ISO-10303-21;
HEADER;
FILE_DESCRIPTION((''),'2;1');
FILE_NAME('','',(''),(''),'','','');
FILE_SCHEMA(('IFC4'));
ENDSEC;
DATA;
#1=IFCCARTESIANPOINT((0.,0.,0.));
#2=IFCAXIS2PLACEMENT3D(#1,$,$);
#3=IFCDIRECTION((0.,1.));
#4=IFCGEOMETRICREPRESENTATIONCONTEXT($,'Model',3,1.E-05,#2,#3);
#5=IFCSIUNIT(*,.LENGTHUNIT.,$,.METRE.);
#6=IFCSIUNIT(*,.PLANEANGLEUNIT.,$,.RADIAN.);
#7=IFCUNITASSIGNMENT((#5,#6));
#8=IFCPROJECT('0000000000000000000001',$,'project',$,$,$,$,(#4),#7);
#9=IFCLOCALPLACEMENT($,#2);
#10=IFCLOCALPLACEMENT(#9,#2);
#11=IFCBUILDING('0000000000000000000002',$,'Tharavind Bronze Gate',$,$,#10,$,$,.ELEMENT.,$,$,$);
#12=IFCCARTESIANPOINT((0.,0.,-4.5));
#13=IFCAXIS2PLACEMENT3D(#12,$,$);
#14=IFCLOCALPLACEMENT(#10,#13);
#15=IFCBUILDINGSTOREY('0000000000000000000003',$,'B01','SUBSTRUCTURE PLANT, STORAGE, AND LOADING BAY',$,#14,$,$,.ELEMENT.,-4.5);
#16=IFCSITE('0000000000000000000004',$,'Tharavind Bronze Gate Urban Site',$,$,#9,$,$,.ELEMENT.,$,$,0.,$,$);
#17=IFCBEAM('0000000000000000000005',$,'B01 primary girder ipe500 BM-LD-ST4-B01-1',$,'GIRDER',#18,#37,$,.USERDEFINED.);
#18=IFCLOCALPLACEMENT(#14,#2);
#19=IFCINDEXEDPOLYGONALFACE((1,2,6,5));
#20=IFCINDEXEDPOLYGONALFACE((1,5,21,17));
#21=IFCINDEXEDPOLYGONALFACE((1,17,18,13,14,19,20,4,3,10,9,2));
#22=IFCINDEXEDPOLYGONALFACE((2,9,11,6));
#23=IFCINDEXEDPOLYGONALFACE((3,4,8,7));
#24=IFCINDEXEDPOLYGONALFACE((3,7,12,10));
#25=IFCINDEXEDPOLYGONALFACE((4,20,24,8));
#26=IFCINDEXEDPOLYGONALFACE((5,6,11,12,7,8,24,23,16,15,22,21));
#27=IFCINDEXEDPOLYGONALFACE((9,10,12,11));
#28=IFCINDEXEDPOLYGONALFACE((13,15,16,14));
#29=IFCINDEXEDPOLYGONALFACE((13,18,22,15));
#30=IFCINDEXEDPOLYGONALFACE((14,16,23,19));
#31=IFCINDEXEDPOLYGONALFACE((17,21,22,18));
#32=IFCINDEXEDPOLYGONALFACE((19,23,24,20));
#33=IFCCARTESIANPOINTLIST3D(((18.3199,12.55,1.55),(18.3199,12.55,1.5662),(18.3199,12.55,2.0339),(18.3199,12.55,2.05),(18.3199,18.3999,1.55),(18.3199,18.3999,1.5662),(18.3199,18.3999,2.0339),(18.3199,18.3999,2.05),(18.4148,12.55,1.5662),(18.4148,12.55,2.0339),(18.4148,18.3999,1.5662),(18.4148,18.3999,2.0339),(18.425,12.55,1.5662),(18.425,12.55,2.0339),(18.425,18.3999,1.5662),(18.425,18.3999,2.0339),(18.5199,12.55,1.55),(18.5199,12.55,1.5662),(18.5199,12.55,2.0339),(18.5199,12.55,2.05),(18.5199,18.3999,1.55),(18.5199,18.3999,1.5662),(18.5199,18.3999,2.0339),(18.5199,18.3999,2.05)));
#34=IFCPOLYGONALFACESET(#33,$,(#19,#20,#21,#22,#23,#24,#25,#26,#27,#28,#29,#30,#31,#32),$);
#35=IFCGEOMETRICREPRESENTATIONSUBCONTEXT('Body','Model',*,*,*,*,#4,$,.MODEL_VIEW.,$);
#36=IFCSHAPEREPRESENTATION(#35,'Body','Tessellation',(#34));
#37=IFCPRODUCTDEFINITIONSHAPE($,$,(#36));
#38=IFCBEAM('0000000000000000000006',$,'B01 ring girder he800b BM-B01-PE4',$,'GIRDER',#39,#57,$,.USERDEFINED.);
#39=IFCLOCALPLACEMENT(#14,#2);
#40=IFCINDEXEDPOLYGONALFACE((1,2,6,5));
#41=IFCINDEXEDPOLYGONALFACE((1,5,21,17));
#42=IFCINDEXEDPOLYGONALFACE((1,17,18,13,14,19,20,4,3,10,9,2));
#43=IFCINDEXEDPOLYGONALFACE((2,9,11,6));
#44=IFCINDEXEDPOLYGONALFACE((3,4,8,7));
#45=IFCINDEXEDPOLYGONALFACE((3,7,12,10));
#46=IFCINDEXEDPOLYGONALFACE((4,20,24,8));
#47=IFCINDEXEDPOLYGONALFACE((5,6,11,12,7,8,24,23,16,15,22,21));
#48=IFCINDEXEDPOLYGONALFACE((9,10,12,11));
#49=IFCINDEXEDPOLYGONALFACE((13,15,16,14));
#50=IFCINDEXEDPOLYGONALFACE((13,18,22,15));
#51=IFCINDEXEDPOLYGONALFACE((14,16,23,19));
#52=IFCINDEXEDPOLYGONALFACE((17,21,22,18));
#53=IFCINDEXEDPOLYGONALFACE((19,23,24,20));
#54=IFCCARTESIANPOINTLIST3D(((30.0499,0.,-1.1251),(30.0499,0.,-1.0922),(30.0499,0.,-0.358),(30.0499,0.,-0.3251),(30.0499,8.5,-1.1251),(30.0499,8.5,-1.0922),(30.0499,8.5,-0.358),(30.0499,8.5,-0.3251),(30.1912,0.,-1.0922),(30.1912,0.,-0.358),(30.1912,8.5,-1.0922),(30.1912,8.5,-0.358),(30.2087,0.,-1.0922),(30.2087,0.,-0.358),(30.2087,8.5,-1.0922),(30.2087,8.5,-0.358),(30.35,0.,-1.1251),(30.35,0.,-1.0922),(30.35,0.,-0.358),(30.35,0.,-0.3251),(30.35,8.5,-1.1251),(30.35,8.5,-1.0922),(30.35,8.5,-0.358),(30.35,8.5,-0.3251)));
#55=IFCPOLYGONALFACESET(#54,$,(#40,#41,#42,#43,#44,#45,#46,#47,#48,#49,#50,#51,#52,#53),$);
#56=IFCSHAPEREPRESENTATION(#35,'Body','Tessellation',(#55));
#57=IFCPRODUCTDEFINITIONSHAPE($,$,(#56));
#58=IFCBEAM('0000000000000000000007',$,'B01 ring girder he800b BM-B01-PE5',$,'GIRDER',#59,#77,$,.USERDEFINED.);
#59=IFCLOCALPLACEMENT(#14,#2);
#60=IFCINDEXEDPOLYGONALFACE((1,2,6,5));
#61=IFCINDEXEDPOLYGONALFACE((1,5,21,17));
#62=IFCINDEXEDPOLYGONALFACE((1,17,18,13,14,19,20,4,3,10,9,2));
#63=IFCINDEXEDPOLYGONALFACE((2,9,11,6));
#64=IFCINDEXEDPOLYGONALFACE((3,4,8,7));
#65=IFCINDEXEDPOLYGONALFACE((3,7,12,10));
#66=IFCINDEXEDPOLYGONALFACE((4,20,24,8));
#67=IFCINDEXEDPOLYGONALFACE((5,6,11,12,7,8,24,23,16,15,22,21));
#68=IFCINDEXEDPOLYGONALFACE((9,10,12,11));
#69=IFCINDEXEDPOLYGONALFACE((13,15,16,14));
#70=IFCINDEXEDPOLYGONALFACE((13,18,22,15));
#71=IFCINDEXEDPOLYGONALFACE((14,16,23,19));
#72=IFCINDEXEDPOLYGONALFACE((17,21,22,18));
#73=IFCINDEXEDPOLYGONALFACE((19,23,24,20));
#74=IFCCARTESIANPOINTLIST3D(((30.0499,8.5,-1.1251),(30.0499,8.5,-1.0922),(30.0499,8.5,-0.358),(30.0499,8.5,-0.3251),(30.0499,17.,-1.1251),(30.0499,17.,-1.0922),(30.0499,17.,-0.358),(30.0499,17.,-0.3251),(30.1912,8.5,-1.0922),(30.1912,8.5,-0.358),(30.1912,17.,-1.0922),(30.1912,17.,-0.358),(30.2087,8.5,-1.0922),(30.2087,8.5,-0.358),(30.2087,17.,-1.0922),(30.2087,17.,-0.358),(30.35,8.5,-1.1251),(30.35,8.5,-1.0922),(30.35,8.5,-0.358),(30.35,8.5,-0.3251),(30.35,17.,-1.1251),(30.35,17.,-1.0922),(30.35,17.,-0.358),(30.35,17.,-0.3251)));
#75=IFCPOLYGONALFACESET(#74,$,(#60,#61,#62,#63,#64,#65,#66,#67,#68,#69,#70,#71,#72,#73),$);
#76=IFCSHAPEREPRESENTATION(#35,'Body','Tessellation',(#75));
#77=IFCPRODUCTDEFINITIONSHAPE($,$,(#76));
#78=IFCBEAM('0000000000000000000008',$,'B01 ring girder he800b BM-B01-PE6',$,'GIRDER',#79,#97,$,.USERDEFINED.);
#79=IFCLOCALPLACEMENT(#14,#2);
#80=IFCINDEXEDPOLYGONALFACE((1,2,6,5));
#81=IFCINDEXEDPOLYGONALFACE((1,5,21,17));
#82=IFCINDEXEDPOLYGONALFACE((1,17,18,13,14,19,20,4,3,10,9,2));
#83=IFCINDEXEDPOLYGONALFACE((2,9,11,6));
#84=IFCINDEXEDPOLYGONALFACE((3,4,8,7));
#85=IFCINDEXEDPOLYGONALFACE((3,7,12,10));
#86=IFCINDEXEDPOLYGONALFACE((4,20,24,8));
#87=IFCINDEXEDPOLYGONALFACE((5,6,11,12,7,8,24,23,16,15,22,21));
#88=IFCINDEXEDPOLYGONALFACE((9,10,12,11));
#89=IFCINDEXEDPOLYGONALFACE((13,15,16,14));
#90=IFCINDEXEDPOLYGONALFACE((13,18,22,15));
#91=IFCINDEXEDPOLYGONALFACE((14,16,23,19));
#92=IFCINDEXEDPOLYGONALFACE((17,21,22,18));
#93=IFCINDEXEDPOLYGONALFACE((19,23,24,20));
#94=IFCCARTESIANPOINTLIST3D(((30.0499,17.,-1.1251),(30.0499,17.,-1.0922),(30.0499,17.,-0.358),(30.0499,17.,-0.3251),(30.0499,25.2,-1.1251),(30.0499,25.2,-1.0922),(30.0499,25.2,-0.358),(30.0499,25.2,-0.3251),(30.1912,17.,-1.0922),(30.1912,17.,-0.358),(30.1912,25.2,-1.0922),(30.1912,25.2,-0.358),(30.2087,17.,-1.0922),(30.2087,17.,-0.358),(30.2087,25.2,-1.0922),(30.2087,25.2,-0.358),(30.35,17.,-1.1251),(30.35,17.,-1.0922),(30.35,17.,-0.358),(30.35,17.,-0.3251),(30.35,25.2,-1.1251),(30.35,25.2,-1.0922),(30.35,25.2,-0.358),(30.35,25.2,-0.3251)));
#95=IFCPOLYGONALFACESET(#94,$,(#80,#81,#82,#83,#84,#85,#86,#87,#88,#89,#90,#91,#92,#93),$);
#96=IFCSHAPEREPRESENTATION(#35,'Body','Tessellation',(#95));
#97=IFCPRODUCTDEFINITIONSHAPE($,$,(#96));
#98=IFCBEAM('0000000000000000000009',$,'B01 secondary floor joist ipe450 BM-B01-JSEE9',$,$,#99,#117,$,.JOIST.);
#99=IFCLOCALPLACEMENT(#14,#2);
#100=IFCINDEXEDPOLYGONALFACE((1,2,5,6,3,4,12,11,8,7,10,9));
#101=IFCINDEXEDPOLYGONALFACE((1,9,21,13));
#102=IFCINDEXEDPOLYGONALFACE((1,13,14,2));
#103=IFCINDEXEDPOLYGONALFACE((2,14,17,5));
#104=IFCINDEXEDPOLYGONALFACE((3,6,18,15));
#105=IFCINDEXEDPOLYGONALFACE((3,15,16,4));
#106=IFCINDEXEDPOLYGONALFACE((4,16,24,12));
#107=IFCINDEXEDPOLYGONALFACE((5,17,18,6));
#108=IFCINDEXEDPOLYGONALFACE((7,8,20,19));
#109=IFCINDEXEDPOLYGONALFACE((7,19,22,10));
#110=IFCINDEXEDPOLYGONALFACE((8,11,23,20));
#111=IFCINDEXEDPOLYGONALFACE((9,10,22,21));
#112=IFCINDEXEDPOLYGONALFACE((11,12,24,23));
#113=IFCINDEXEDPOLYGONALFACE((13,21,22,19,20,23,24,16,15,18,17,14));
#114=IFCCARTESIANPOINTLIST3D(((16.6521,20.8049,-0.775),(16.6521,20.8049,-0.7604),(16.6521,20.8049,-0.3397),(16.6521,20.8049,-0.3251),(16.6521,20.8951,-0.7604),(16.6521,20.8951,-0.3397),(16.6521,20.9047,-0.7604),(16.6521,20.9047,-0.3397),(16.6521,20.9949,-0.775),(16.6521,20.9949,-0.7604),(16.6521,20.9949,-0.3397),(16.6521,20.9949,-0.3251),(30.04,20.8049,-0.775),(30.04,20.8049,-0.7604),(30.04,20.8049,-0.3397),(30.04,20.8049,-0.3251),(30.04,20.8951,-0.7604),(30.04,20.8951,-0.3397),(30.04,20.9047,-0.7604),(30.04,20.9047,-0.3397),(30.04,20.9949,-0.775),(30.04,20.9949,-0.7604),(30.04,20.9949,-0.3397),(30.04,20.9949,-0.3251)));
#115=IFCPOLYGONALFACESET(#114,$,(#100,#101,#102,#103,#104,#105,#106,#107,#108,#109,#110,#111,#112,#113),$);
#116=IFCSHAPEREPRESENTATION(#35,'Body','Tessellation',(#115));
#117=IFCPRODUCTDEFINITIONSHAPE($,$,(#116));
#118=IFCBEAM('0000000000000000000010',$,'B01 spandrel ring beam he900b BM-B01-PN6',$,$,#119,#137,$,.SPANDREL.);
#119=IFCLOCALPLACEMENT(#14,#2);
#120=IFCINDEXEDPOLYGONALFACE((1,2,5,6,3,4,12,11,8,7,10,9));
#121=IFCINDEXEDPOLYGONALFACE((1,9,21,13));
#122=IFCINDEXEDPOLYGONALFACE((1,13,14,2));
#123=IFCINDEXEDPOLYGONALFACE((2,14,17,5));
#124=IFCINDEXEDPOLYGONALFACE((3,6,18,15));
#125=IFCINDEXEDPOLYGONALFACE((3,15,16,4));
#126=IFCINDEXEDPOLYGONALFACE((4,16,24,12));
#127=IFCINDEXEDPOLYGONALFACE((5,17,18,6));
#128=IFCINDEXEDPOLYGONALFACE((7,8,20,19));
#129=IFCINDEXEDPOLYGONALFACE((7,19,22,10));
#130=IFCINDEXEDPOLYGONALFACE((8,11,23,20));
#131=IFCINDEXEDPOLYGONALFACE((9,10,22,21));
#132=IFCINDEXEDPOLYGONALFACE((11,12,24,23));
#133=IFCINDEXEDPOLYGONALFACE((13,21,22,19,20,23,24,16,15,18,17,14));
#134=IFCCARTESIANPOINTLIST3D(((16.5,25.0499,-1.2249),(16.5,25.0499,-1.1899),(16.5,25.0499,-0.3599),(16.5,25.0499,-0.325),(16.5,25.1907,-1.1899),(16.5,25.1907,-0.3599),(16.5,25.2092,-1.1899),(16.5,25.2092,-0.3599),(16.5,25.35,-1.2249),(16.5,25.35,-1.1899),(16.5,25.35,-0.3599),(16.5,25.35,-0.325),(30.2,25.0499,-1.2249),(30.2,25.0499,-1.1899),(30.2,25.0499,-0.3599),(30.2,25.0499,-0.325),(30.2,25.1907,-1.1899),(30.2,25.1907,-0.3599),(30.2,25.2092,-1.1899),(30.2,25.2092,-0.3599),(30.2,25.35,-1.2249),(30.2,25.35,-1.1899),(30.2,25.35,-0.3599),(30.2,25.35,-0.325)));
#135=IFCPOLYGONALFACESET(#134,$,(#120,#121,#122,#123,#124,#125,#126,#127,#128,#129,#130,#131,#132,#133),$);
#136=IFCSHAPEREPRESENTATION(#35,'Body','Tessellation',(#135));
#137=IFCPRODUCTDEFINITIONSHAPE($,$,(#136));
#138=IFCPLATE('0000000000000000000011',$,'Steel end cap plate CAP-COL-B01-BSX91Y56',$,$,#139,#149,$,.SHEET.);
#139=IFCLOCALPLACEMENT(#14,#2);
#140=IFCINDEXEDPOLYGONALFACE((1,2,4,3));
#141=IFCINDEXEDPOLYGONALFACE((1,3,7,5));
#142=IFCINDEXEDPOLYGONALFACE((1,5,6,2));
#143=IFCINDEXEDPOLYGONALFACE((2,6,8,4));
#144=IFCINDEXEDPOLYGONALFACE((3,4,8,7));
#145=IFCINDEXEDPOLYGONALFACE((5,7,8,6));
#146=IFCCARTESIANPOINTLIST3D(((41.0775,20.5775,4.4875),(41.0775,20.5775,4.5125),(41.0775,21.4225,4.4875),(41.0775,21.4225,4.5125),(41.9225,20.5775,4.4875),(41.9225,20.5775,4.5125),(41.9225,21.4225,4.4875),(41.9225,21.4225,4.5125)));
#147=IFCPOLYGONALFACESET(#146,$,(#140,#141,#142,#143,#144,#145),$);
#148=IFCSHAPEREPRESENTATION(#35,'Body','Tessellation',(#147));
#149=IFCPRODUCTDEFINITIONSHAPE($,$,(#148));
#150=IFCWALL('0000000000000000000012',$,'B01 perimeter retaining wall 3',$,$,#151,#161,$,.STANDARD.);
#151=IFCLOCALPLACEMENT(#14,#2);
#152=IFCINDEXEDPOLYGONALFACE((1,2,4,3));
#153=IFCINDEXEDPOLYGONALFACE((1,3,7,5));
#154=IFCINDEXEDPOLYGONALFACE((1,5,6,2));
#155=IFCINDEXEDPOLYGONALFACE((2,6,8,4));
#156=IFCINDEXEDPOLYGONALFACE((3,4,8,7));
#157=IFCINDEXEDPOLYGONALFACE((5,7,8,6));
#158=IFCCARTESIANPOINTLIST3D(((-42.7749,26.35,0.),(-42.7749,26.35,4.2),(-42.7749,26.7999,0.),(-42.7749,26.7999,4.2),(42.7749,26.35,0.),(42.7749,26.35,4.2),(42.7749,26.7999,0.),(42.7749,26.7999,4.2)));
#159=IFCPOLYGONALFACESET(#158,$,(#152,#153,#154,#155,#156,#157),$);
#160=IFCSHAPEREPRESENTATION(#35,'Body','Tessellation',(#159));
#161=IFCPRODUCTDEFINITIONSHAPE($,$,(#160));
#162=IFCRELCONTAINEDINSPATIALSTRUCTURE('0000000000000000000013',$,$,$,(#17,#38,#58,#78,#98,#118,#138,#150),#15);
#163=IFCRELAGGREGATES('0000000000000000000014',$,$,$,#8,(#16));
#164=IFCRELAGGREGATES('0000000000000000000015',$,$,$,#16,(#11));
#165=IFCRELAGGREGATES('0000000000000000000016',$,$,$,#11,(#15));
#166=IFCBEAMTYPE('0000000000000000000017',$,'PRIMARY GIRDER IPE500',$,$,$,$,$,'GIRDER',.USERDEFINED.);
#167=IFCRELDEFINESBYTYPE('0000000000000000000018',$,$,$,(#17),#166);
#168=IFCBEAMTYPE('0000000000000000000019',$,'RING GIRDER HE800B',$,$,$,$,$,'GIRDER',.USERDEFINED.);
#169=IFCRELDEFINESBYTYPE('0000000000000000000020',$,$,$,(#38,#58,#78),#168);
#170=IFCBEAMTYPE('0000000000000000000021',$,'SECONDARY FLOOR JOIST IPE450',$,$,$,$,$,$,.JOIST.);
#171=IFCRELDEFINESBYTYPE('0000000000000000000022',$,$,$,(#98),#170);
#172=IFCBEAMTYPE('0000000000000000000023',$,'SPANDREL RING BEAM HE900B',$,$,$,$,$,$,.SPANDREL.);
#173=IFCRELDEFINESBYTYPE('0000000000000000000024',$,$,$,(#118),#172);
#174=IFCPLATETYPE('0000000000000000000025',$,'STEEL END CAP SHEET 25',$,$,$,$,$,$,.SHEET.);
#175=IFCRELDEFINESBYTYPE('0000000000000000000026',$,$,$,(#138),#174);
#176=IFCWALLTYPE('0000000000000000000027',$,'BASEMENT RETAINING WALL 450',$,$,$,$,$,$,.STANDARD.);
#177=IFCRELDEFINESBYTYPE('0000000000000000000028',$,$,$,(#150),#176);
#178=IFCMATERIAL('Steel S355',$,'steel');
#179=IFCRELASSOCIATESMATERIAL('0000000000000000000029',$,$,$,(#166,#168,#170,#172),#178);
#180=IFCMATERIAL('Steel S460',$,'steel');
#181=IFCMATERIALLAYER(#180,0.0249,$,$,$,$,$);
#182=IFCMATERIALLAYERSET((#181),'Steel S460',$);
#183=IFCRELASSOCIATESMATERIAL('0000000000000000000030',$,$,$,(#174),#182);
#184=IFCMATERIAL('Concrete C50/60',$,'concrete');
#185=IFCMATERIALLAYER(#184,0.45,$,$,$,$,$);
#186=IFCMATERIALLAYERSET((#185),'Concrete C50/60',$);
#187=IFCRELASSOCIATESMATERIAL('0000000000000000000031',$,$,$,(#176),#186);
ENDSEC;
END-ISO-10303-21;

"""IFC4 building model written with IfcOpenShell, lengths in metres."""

from ifc_helpers import new_model, si_unit, direction, frame, frame_2d, origin, origin_2d, place, context, subcontext, project, spatial, rectangle, i_section, extrude, material, layer, layer_set, material_profile, profile_set, type_object, element, save


model = new_model("IFC4")

# Units and contexts
model_context = context("Model", 3, precision=1e-05, world=origin(), true_north=direction((0.0, 1.0)))
body_context = subcontext(model_context, "Body", "Model", "MODEL_VIEW")
ifc_project = project(units=[si_unit("LENGTHUNIT", "METRE"), si_unit("PLANEANGLEUNIT", "RADIAN")], contexts=[model_context])

# Site, building, storey
site_placement = place(None, origin())
site = spatial("IfcSite", under=ifc_project, at=site_placement, Name="Tharavind Bronze Gate Urban Site", CompositionType="ELEMENT", RefElevation=0.0)
building_placement = place(site_placement, origin())
building = spatial("IfcBuilding", under=site, at=building_placement, Name="Tharavind Bronze Gate", CompositionType="ELEMENT")
storey_placement = place(building_placement, frame((0.0, 0.0, -4.5)))
storey = spatial("IfcBuildingStorey", under=building, at=storey_placement, Name="B01", Description="SUBSTRUCTURE PLANT, STORAGE, AND LOADING BAY", CompositionType="ELEMENT", Elevation=-4.5)

# Shared definitions
ifc_material_1 = material(Name="Steel S460", Category="steel")

# Beams
ifc_material_2 = material(Name="Steel S355", Category="steel")
ifc_material_profile_1 = material_profile(ifc_material_2, i_section(OverallWidth=0.2, OverallDepth=0.5, WebThickness=0.0103, FlangeThickness=0.0161, at=origin_2d()), Name="IPE500")
ifc_profile_set_1 = profile_set([ifc_material_profile_1], Name="Steel S355")
beam_type_1 = type_object("IfcBeamType", Name="PRIMARY GIRDER IPE500", ElementType="GIRDER", PredefinedType="USERDEFINED", material=ifc_profile_set_1)
beam_1_placement = place(storey_placement, frame((18.4199, 12.55, 1.8), z_axis=(0.0, 1.0, 0.0), x_axis=(-1.0, 0.0, 0.0)))
element("IfcBeam", 1, at=beam_1_placement, inside=storey, type_object=beam_type_1, Name="B01 primary girder ipe500 BM-LD-ST4-B01-1", ObjectType="GIRDER", PredefinedType="USERDEFINED", context=body_context, shape_type="SweptSolid", body=[
    extrude(i_section(OverallWidth=0.2, OverallDepth=0.5, WebThickness=0.0103, FlangeThickness=0.0161, at=origin_2d()), origin(), (0.0, 0.0, 1.0), 5.8499),
])
ifc_material_profile_2 = material_profile(ifc_material_2, i_section(OverallWidth=0.3, OverallDepth=0.8, WebThickness=0.0176, FlangeThickness=0.033, at=origin_2d()), Name="HE800B")
ifc_profile_set_2 = profile_set([ifc_material_profile_2], Name="Steel S355")
beam_type_2 = type_object("IfcBeamType", Name="RING GIRDER HE800B", ElementType="GIRDER", PredefinedType="USERDEFINED", material=ifc_profile_set_2)
for number, where, z_axis, x_axis, name in (
    (2, (30.2, 0.0, -0.7251), (0.0, 1.0, 0.0), (-1.0, 0.0, 0.0), "B01 ring girder he800b BM-B01-PE4"),
    (3, (30.2, 8.5, -0.7251), (0.0, 1.0, 0.0), (-1.0, 0.0, 0.0), "B01 ring girder he800b BM-B01-PE5"),
):
    element("IfcBeam", number, at=place(storey_placement, frame(where, z_axis=z_axis, x_axis=x_axis)), inside=storey, type_object=beam_type_2, Name=name, ObjectType="GIRDER", PredefinedType="USERDEFINED", context=body_context, shape_type="SweptSolid", body=[
        extrude(i_section(OverallWidth=0.3, OverallDepth=0.8, WebThickness=0.0176, FlangeThickness=0.033, at=origin_2d()), origin(), (0.0, 0.0, 1.0), 8.5),
    ])
beam_2_placement = place(storey_placement, frame((30.2, 17.0, -0.7251), z_axis=(0.0, 1.0, 0.0), x_axis=(-1.0, 0.0, 0.0)))
element("IfcBeam", 4, at=beam_2_placement, inside=storey, type_object=beam_type_2, Name="B01 ring girder he800b BM-B01-PE6", ObjectType="GIRDER", PredefinedType="USERDEFINED", context=body_context, shape_type="SweptSolid", body=[
    extrude(i_section(OverallWidth=0.3, OverallDepth=0.8, WebThickness=0.0176, FlangeThickness=0.033, at=origin_2d()), origin(), (0.0, 0.0, 1.0), 8.2),
])
ifc_material_profile_3 = material_profile(ifc_material_2, i_section(OverallWidth=0.1899, OverallDepth=0.45, WebThickness=0.0095, FlangeThickness=0.0146, at=origin_2d()), Name="IPE450")
ifc_profile_set_3 = profile_set([ifc_material_profile_3], Name="Steel S355")
beam_type_3 = type_object("IfcBeamType", Name="SECONDARY FLOOR JOIST IPE450", PredefinedType="JOIST", material=ifc_profile_set_3)
beam_3_placement = place(storey_placement, frame((16.6521, 20.8999, -0.55), z_axis=(1.0, 0.0, 0.0), x_axis=(0.0, 1.0, 0.0)))
element("IfcBeam", 5, at=beam_3_placement, inside=storey, type_object=beam_type_3, Name="B01 secondary floor joist ipe450 BM-B01-JSEE9", PredefinedType="JOIST", context=body_context, shape_type="SweptSolid", body=[
    extrude(i_section(OverallWidth=0.1899, OverallDepth=0.45, WebThickness=0.0095, FlangeThickness=0.0146, at=origin_2d()), origin(), (0.0, 0.0, 1.0), 13.3879),
])
ifc_material_profile_4 = material_profile(ifc_material_2, i_section(OverallWidth=0.3, OverallDepth=0.8999, WebThickness=0.0186, FlangeThickness=0.0349, at=origin_2d()), Name="HE900B")
ifc_profile_set_4 = profile_set([ifc_material_profile_4], Name="Steel S355")
beam_type_4 = type_object("IfcBeamType", Name="SPANDREL RING BEAM HE900B", PredefinedType="SPANDREL", material=ifc_profile_set_4)
beam_4_placement = place(storey_placement, frame((16.5, 25.2, -0.7749), z_axis=(1.0, 0.0, 0.0), x_axis=(0.0, 1.0, 0.0)))
element("IfcBeam", 6, at=beam_4_placement, inside=storey, type_object=beam_type_4, Name="B01 spandrel ring beam he900b BM-B01-PN6", PredefinedType="SPANDREL", context=body_context, shape_type="SweptSolid", body=[
    extrude(i_section(OverallWidth=0.3, OverallDepth=0.8999, WebThickness=0.0186, FlangeThickness=0.0349, at=origin_2d()), origin(), (0.0, 0.0, 1.0), 13.7),
])

# Plate
ifc_layer_1 = layer(ifc_material_1, 0.0249)
ifc_layer_set_1 = layer_set([ifc_layer_1], Name="Steel S460")
plate_type = type_object("IfcPlateType", Name="STEEL END CAP SHEET 25", PredefinedType="SHEET", material=ifc_layer_set_1)
plate_placement = place(storey_placement, frame((41.5, 21.0, 4.4875), z_axis=(0.0, 0.0, 1.0), x_axis=(1.0, 0.0, 0.0)))
element("IfcPlate", 7, at=plate_placement, inside=storey, type_object=plate_type, Name="Steel end cap plate CAP-COL-B01-BSX91Y56", PredefinedType="SHEET", context=body_context, shape_type="SweptSolid", body=[
    extrude(rectangle(XDim=0.845, YDim=0.845, at=origin_2d()), origin(), (0.0, 0.0, 1.0), 0.0249),
])

# Wall
ifc_material_3 = material(Name="Concrete C50/60", Category="concrete")
ifc_layer_2 = layer(ifc_material_3, 0.45)
ifc_layer_set_2 = layer_set([ifc_layer_2], Name="Concrete C50/60")
wall_type_1 = type_object("IfcWallType", Name="BASEMENT RETAINING WALL 450", PredefinedType="STANDARD", material=ifc_layer_set_2)
wall_1_placement = place(storey_placement, frame((42.7749, 26.575, 0.0), z_axis=(0.0, 0.0, 1.0), x_axis=(-1.0, 0.0, 0.0)))
element("IfcWall", 8, at=wall_1_placement, inside=storey, type_object=wall_type_1, Name="B01 perimeter retaining wall 3", PredefinedType="STANDARD", context=body_context, shape_type="SweptSolid", body=[
    extrude(rectangle(XDim=85.5498, YDim=0.45, at=frame_2d((42.7749, 0.0))), origin(), (0.0, 0.0, 1.0), 4.2),
])

save(model, "model.ifc")
